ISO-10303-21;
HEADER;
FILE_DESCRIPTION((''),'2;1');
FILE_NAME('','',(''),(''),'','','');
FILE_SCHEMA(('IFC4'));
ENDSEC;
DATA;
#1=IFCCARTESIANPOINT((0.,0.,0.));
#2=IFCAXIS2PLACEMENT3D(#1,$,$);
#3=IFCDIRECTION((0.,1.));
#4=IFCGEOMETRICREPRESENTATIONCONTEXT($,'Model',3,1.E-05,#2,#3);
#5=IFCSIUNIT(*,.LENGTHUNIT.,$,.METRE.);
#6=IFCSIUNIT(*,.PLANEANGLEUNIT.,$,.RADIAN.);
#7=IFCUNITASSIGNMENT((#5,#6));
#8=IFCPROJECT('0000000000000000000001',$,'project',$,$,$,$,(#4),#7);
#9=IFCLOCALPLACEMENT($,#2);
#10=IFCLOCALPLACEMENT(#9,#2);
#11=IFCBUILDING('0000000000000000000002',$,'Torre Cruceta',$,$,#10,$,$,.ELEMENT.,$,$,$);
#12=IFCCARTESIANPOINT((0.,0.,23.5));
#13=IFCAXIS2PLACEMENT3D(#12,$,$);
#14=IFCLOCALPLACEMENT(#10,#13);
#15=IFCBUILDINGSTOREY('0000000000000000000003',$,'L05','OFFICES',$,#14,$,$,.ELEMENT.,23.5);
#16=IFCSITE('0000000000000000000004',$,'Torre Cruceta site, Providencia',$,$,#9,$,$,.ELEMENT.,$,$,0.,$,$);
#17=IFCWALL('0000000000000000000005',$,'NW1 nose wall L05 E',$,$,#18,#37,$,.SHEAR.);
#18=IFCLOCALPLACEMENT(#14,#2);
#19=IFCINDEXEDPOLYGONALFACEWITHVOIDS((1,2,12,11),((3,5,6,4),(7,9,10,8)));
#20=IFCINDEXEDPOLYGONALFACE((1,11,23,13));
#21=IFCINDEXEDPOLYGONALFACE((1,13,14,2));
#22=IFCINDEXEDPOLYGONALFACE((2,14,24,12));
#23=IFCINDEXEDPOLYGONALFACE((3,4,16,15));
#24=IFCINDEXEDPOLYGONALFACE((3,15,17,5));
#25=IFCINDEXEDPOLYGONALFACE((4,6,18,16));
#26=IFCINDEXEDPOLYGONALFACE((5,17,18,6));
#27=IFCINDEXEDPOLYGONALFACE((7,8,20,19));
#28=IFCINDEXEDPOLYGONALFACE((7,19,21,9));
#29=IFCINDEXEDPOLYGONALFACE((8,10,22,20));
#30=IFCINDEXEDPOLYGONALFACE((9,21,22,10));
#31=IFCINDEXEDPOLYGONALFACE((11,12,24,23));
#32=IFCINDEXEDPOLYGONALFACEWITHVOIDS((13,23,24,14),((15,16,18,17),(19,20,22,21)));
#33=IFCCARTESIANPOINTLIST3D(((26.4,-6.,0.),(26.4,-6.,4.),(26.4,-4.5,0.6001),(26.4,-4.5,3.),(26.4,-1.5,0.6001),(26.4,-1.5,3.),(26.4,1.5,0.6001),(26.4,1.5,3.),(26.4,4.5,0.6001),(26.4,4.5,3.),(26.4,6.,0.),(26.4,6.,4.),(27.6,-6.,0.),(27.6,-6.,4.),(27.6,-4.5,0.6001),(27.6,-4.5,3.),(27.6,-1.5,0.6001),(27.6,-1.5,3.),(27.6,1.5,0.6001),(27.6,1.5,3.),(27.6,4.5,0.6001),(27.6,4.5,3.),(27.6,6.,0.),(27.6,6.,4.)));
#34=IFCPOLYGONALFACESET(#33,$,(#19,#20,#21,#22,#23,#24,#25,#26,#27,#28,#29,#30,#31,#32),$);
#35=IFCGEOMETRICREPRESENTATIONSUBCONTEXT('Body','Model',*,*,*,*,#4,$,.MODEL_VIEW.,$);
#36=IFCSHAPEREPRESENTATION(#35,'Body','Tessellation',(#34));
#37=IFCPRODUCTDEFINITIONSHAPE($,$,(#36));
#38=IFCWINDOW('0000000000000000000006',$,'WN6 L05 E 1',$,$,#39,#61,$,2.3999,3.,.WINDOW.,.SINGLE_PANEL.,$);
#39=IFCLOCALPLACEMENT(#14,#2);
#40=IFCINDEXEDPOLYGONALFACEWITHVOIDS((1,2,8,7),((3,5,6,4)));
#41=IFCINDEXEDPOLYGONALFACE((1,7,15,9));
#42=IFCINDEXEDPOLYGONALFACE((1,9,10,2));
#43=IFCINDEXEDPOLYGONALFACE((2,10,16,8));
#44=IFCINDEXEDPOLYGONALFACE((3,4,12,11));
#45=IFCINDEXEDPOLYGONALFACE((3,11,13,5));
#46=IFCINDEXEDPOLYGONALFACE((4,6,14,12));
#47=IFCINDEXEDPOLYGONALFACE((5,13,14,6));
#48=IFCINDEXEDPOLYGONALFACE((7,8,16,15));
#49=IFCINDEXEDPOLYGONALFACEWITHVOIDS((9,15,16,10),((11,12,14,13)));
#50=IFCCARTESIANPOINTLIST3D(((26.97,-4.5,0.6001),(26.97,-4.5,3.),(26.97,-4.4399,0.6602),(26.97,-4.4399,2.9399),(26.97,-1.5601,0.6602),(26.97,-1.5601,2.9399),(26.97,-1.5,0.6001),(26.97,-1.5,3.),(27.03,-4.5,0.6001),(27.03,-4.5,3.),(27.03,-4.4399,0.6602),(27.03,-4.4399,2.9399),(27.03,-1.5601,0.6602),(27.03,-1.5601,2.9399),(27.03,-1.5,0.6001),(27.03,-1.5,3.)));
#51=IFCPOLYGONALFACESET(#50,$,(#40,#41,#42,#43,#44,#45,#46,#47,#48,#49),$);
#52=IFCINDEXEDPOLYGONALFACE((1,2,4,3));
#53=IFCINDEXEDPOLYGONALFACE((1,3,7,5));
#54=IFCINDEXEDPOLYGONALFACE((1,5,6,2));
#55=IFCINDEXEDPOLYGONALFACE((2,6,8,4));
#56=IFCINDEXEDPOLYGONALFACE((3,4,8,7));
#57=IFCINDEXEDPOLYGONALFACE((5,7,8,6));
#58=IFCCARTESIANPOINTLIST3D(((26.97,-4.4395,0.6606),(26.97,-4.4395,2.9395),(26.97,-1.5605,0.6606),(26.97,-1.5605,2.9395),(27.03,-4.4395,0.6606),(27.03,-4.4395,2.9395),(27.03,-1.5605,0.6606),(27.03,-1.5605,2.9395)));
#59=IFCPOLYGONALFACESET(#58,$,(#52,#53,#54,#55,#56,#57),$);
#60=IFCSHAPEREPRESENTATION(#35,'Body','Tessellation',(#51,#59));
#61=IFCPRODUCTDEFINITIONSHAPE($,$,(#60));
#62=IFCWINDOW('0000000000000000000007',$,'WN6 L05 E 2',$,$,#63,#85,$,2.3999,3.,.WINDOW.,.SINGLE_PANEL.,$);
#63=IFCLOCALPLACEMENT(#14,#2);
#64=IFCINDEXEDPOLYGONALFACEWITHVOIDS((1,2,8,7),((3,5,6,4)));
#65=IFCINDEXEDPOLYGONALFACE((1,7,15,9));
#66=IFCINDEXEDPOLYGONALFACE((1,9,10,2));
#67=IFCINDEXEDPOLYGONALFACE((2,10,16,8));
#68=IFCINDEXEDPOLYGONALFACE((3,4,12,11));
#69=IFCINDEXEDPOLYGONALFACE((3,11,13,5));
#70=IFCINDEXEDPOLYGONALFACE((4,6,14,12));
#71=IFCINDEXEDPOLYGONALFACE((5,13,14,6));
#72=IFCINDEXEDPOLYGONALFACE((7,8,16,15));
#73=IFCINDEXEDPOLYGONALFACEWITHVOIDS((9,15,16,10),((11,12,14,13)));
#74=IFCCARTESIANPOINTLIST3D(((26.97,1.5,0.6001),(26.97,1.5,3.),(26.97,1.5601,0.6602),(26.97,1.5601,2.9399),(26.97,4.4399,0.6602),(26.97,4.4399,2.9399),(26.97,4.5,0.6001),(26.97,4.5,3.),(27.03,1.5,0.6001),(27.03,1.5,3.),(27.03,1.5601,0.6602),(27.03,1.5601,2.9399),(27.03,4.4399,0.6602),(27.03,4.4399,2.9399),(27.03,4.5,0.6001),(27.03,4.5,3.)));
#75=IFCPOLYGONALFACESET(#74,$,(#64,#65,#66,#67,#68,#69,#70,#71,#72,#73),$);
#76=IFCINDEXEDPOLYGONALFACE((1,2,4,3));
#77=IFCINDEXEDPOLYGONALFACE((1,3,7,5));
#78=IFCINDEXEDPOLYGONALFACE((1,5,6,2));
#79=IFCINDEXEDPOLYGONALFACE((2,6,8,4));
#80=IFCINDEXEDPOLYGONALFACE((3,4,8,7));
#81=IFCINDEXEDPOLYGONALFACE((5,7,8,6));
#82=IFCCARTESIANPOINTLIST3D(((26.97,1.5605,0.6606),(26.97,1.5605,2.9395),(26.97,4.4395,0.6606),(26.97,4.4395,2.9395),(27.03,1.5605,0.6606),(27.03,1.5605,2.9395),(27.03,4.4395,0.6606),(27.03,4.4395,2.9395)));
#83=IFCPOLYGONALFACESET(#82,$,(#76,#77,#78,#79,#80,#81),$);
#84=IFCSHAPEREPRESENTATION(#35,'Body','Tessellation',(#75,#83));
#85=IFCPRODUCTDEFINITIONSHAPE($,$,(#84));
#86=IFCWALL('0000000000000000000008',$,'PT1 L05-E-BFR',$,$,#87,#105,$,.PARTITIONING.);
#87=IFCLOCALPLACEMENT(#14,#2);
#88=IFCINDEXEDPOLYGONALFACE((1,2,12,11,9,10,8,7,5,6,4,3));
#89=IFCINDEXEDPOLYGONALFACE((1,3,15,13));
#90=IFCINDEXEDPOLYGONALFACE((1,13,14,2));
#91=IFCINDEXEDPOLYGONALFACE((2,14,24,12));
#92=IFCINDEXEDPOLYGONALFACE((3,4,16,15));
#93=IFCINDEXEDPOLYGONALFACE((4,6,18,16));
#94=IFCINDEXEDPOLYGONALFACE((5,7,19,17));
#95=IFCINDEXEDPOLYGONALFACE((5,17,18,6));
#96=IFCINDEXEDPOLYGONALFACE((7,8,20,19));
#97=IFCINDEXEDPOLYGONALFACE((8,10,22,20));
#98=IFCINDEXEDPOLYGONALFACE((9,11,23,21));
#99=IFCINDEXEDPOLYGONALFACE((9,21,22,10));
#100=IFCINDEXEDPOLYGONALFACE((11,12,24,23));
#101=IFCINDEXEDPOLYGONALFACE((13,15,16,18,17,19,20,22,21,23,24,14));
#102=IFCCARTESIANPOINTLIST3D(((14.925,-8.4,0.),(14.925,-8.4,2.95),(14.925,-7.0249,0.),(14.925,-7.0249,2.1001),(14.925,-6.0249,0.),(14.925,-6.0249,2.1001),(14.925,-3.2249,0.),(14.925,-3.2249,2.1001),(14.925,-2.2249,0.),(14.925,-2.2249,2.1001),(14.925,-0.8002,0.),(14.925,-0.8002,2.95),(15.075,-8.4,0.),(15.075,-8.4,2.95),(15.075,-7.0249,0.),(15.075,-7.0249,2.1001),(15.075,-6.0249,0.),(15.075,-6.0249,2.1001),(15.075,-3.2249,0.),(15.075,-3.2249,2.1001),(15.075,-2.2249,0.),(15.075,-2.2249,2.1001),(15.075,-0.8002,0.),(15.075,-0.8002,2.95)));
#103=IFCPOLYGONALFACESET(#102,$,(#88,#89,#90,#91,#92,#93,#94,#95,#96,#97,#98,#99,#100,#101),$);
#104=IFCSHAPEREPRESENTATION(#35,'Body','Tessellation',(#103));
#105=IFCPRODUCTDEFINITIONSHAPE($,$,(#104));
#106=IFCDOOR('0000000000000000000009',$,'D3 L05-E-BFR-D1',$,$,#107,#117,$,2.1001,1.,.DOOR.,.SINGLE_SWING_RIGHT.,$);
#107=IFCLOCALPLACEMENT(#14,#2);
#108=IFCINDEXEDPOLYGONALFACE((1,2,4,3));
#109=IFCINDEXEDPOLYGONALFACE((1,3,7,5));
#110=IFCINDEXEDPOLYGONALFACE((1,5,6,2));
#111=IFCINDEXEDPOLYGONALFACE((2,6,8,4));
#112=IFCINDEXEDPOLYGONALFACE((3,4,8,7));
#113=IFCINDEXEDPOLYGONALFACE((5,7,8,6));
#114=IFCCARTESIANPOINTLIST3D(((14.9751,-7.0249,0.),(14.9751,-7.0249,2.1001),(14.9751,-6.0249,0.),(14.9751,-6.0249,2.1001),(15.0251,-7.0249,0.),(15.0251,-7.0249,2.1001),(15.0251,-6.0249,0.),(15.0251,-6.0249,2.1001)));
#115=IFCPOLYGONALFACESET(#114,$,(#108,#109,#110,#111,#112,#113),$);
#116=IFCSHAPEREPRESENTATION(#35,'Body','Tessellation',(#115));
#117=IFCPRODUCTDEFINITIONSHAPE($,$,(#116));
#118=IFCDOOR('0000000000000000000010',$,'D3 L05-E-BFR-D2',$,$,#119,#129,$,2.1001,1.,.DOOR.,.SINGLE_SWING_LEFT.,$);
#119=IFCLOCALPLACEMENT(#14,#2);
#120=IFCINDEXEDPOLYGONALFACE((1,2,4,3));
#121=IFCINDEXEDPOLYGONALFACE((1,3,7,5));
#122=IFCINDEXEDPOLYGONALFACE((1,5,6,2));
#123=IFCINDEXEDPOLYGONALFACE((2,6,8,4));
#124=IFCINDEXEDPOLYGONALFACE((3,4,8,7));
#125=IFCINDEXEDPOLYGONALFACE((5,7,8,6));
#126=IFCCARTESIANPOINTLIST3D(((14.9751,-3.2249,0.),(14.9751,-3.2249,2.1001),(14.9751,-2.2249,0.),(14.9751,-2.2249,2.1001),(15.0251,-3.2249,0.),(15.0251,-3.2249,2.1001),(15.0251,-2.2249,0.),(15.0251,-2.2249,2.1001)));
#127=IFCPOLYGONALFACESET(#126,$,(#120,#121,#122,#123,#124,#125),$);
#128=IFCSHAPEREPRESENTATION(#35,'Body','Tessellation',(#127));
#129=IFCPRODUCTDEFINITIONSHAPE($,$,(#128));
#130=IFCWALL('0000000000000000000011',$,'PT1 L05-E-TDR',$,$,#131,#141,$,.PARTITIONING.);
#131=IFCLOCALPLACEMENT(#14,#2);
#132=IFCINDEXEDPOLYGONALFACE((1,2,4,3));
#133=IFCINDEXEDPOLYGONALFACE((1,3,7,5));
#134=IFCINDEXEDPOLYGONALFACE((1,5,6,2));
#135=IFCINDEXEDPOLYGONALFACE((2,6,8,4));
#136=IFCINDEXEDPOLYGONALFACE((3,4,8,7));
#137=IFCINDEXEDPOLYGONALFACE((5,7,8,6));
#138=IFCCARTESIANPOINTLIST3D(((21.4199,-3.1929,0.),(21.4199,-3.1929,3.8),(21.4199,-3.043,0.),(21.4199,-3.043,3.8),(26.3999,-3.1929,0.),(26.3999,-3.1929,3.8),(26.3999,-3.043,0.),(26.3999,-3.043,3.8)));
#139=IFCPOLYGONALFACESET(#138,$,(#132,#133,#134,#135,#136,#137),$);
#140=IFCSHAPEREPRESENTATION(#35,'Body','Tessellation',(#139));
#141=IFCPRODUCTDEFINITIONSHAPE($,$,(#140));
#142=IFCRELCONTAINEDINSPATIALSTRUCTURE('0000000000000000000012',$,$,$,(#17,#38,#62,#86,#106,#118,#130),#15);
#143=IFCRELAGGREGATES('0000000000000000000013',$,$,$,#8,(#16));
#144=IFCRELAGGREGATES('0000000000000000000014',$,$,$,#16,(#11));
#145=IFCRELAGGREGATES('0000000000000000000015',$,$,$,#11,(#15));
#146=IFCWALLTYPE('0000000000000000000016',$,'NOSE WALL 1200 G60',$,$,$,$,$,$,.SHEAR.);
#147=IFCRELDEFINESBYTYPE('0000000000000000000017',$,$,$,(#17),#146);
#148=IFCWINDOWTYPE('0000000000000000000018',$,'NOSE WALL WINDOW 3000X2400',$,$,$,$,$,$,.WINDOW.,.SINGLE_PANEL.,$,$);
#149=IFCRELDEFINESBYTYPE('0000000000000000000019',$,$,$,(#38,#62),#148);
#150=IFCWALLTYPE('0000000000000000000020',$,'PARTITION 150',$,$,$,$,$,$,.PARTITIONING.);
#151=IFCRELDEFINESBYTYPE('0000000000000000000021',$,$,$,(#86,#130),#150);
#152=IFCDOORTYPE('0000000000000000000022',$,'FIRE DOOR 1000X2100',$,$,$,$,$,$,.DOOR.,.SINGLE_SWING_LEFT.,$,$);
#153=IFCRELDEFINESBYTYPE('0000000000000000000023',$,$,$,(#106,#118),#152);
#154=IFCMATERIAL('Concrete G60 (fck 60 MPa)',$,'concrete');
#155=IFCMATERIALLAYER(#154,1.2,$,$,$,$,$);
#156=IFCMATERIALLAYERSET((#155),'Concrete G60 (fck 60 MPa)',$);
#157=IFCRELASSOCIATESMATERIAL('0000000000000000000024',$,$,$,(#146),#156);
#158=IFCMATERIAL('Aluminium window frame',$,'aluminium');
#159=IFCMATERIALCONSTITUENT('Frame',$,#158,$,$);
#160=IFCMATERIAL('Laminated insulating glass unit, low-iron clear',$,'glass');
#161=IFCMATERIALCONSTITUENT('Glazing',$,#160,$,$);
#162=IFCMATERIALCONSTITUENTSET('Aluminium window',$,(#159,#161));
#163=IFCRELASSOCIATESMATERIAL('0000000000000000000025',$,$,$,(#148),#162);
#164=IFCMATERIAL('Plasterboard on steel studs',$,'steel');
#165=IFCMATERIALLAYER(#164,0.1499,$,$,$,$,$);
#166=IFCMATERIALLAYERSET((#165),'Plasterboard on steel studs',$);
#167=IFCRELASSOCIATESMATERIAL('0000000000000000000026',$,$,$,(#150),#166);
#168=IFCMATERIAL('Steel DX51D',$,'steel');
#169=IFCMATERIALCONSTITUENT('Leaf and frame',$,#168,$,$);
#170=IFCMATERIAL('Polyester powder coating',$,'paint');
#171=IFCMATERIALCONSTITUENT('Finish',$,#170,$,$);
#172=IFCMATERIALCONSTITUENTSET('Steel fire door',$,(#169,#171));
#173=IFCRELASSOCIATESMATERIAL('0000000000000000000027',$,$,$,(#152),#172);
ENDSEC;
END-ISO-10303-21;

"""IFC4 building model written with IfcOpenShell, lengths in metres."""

from ifc_helpers import new_model, si_unit, direction, frame, frame_2d, origin, place, context, subcontext, project, spatial, rectangle, hollow_rectangle, extrude, material, layer, layer_set, constituent, constituent_set, type_object, element, fill, save


model = new_model("IFC4")

# Units and contexts
model_context = context("Model", 3, precision=1e-05, world=origin(), true_north=direction((0.0, 1.0)))
body_context = subcontext(model_context, "Body", "Model", "MODEL_VIEW")
ifc_project = project(units=[si_unit("LENGTHUNIT", "METRE"), si_unit("PLANEANGLEUNIT", "RADIAN")], contexts=[model_context])

# Site, building, storey
site_placement = place(None, origin())
site = spatial("IfcSite", under=ifc_project, at=site_placement, Name="Torre Cruceta site, Providencia", CompositionType="ELEMENT", RefElevation=0.0)
building_placement = place(site_placement, origin())
building = spatial("IfcBuilding", under=site, at=building_placement, Name="Torre Cruceta", CompositionType="ELEMENT")
storey_placement = place(building_placement, frame((0.0, 0.0, 23.5)))
storey = spatial("IfcBuildingStorey", under=building, at=storey_placement, Name="L05", Description="OFFICES", CompositionType="ELEMENT", Elevation=23.5)

# Wall, openings, windows
ifc_material_1 = material(Name="Concrete G60 (fck 60 MPa)", Category="concrete")
ifc_layer_1 = layer(ifc_material_1, 1.2)
ifc_layer_set_1 = layer_set([ifc_layer_1], Name="Concrete G60 (fck 60 MPa)")
wall_type_1 = type_object("IfcWallType", Name="NOSE WALL 1200 G60", PredefinedType="SHEAR", material=ifc_layer_set_1)
wall_1_placement = place(storey_placement, frame((27.0, -6.0, 0.0), z_axis=(0.0, 0.0, 1.0), x_axis=(0.0, 1.0, 0.0)))
wall_1 = element("IfcWall", 1, at=wall_1_placement, inside=storey, type_object=wall_type_1, Name="NW1 nose wall L05 E", PredefinedType="SHEAR", context=body_context, shape_type="SweptSolid", body=[
    extrude(rectangle(XDim=12.0, YDim=1.2, at=frame_2d((6.0, 0.0))), origin(), (0.0, 0.0, 1.0), 4.0),
])
opening_1_placement = place(wall_1_placement, frame((1.5, 0.0, 0.6001)))
opening_1 = element("IfcOpeningElement", 2, at=opening_1_placement, cuts=wall_1, PredefinedType="OPENING", context=body_context, shape_type="SweptSolid", body=[
    extrude(rectangle(XDim=3.0, YDim=2.3999, at=frame_2d((1.5, 1.2))), frame((0.0, 0.6099, 0.0), z_axis=(0.0, -1.0, 0.0), x_axis=(1.0, 0.0, 0.0)), (0.0, 0.0, 1.0), 1.22),
])
opening_2_placement = place(wall_1_placement, frame((7.5, 0.0, 0.6001)))
opening_2 = element("IfcOpeningElement", 3, at=opening_2_placement, cuts=wall_1, PredefinedType="OPENING", context=body_context, shape_type="SweptSolid", body=[
    extrude(rectangle(XDim=3.0, YDim=2.3999, at=frame_2d((1.5, 1.2))), frame((0.0, 0.6099, 0.0), z_axis=(0.0, -1.0, 0.0), x_axis=(1.0, 0.0, 0.0)), (0.0, 0.0, 1.0), 1.22),
])
ifc_material_2 = material(Name="Aluminium window frame", Category="aluminium")
ifc_constituent_1 = constituent(ifc_material_2, Name="Frame")
ifc_material_3 = material(Name="Laminated insulating glass unit, low-iron clear", Category="glass")
ifc_constituent_2 = constituent(ifc_material_3, Name="Glazing")
ifc_constituent_set_1 = constituent_set(constituents=[ifc_constituent_1, ifc_constituent_2], Name="Aluminium window")
window_type = type_object("IfcWindowType", Name="NOSE WALL WINDOW 3000X2400", PartitioningType="SINGLE_PANEL", PredefinedType="WINDOW", material=ifc_constituent_set_1)
window_1_placement = place(opening_1_placement, origin())
window_1 = element("IfcWindow", 4, at=window_1_placement, inside=storey, type_object=window_type, Name="WN6 L05 E 1", OverallHeight=2.3999, OverallWidth=3.0, PartitioningType="SINGLE_PANEL", PredefinedType="WINDOW", context=body_context, shape_type="SweptSolid", body=[
    extrude(hollow_rectangle(XDim=3.0, YDim=2.3999, WallThickness=0.0601, at=frame_2d((1.5, 1.2))), frame((0.0, 0.03, 0.0), z_axis=(0.0, -1.0, 0.0), x_axis=(1.0, 0.0, 0.0)), (0.0, 0.0, 1.0), 0.0601),
    extrude(rectangle(XDim=2.8789, YDim=2.2788, at=frame_2d((1.5, 1.2))), frame((0.0, 0.03, 0.0), z_axis=(0.0, -1.0, 0.0), x_axis=(1.0, 0.0, 0.0)), (0.0, 0.0, 1.0), 0.0601),
])
fill(opening_1, window_1)
window_2_placement = place(opening_2_placement, origin())
window_2 = element("IfcWindow", 5, at=window_2_placement, inside=storey, type_object=window_type, Name="WN6 L05 E 2", OverallHeight=2.3999, OverallWidth=3.0, PartitioningType="SINGLE_PANEL", PredefinedType="WINDOW", context=body_context, shape_type="SweptSolid", body=[
    extrude(hollow_rectangle(XDim=3.0, YDim=2.3999, WallThickness=0.0601, at=frame_2d((1.5, 1.2))), frame((0.0, 0.03, 0.0), z_axis=(0.0, -1.0, 0.0), x_axis=(1.0, 0.0, 0.0)), (0.0, 0.0, 1.0), 0.0601),
    extrude(rectangle(XDim=2.8789, YDim=2.2788, at=frame_2d((1.5, 1.2))), frame((0.0, 0.03, 0.0), z_axis=(0.0, -1.0, 0.0), x_axis=(1.0, 0.0, 0.0)), (0.0, 0.0, 1.0), 0.0601),
])
fill(opening_2, window_2)

# Wall, openings, doors
ifc_material_4 = material(Name="Plasterboard on steel studs", Category="steel")
ifc_layer_2 = layer(ifc_material_4, 0.1499)
ifc_layer_set_2 = layer_set([ifc_layer_2], Name="Plasterboard on steel studs")
wall_type_2 = type_object("IfcWallType", Name="PARTITION 150", PredefinedType="PARTITIONING", material=ifc_layer_set_2)
wall_2_placement = place(storey_placement, frame((15.0, -8.3999, 0.0), z_axis=(0.0, 0.0, 1.0), x_axis=(0.0, 1.0, 0.0)))
wall_2 = element("IfcWall", 6, at=wall_2_placement, inside=storey, type_object=wall_type_2, Name="PT1 L05-E-BFR", PredefinedType="PARTITIONING", context=body_context, shape_type="SweptSolid", body=[
    extrude(rectangle(XDim=7.5999, YDim=0.1499, at=frame_2d((3.7998, 0.0))), origin(), (0.0, 0.0, 1.0), 2.95),
])
opening_3_placement = place(wall_2_placement, frame((1.375, 0.0, 0.0)))
opening_3 = element("IfcOpeningElement", 7, at=opening_3_placement, cuts=wall_2, PredefinedType="OPENING", context=body_context, shape_type="SweptSolid", body=[
    extrude(rectangle(XDim=1.0, YDim=2.1001, at=frame_2d((0.5, 1.05))), frame((0.0, 0.085, 0.0), z_axis=(0.0, -1.0, 0.0), x_axis=(1.0, 0.0, 0.0)), (0.0, 0.0, 1.0), 0.1699),
])
opening_4_placement = place(wall_2_placement, frame((5.175, 0.0, 0.0)))
opening_4 = element("IfcOpeningElement", 8, at=opening_4_placement, cuts=wall_2, PredefinedType="OPENING", context=body_context, shape_type="SweptSolid", body=[
    extrude(rectangle(XDim=1.0, YDim=2.1001, at=frame_2d((0.5, 1.05))), frame((0.0, 0.085, 0.0), z_axis=(0.0, -1.0, 0.0), x_axis=(1.0, 0.0, 0.0)), (0.0, 0.0, 1.0), 0.1699),
])
ifc_material_5 = material(Name="Steel DX51D", Category="steel")
ifc_constituent_3 = constituent(ifc_material_5, Name="Leaf and frame")
ifc_material_6 = material(Name="Polyester powder coating", Category="paint")
ifc_constituent_4 = constituent(ifc_material_6, Name="Finish")
ifc_constituent_set_2 = constituent_set(constituents=[ifc_constituent_3, ifc_constituent_4], Name="Steel fire door")
door_type = type_object("IfcDoorType", Name="FIRE DOOR 1000X2100", OperationType="SINGLE_SWING_LEFT", PredefinedType="DOOR", material=ifc_constituent_set_2)
door_1_placement = place(opening_3_placement, origin())
door_1 = element("IfcDoor", 9, at=door_1_placement, inside=storey, type_object=door_type, Name="D3 L05-E-BFR-D1", OperationType="SINGLE_SWING_RIGHT", OverallHeight=2.1001, OverallWidth=1.0, PredefinedType="DOOR", context=body_context, shape_type="SweptSolid", body=[
    extrude(rectangle(XDim=1.0, YDim=2.1001, at=frame_2d((0.5, 1.05))), frame((0.0, 0.0249, 0.0), z_axis=(0.0, -1.0, 0.0), x_axis=(1.0, 0.0, 0.0)), (0.0, 0.0, 1.0), 0.05),
])
fill(opening_3, door_1)
door_2_placement = place(opening_4_placement, origin())
door_2 = element("IfcDoor", 10, at=door_2_placement, inside=storey, type_object=door_type, Name="D3 L05-E-BFR-D2", OperationType="SINGLE_SWING_LEFT", OverallHeight=2.1001, OverallWidth=1.0, PredefinedType="DOOR", context=body_context, shape_type="SweptSolid", body=[
    extrude(rectangle(XDim=1.0, YDim=2.1001, at=frame_2d((0.5, 1.05))), frame((0.0, 0.0249, 0.0), z_axis=(0.0, -1.0, 0.0), x_axis=(1.0, 0.0, 0.0)), (0.0, 0.0, 1.0), 0.05),
])
fill(opening_4, door_2)

# Wall
wall_3_placement = place(storey_placement, frame((21.4199, -3.1179, 0.0), z_axis=(0.0, 0.0, 1.0), x_axis=(1.0, 0.0, 0.0)))
element("IfcWall", 11, at=wall_3_placement, inside=storey, type_object=wall_type_2, Name="PT1 L05-E-TDR", PredefinedType="PARTITIONING", context=body_context, shape_type="SweptSolid", body=[
    extrude(rectangle(XDim=4.98, YDim=0.1499, at=frame_2d((2.49, 0.0))), origin(), (0.0, 0.0, 1.0), 3.8),
])

save(model, "model.ifc")
